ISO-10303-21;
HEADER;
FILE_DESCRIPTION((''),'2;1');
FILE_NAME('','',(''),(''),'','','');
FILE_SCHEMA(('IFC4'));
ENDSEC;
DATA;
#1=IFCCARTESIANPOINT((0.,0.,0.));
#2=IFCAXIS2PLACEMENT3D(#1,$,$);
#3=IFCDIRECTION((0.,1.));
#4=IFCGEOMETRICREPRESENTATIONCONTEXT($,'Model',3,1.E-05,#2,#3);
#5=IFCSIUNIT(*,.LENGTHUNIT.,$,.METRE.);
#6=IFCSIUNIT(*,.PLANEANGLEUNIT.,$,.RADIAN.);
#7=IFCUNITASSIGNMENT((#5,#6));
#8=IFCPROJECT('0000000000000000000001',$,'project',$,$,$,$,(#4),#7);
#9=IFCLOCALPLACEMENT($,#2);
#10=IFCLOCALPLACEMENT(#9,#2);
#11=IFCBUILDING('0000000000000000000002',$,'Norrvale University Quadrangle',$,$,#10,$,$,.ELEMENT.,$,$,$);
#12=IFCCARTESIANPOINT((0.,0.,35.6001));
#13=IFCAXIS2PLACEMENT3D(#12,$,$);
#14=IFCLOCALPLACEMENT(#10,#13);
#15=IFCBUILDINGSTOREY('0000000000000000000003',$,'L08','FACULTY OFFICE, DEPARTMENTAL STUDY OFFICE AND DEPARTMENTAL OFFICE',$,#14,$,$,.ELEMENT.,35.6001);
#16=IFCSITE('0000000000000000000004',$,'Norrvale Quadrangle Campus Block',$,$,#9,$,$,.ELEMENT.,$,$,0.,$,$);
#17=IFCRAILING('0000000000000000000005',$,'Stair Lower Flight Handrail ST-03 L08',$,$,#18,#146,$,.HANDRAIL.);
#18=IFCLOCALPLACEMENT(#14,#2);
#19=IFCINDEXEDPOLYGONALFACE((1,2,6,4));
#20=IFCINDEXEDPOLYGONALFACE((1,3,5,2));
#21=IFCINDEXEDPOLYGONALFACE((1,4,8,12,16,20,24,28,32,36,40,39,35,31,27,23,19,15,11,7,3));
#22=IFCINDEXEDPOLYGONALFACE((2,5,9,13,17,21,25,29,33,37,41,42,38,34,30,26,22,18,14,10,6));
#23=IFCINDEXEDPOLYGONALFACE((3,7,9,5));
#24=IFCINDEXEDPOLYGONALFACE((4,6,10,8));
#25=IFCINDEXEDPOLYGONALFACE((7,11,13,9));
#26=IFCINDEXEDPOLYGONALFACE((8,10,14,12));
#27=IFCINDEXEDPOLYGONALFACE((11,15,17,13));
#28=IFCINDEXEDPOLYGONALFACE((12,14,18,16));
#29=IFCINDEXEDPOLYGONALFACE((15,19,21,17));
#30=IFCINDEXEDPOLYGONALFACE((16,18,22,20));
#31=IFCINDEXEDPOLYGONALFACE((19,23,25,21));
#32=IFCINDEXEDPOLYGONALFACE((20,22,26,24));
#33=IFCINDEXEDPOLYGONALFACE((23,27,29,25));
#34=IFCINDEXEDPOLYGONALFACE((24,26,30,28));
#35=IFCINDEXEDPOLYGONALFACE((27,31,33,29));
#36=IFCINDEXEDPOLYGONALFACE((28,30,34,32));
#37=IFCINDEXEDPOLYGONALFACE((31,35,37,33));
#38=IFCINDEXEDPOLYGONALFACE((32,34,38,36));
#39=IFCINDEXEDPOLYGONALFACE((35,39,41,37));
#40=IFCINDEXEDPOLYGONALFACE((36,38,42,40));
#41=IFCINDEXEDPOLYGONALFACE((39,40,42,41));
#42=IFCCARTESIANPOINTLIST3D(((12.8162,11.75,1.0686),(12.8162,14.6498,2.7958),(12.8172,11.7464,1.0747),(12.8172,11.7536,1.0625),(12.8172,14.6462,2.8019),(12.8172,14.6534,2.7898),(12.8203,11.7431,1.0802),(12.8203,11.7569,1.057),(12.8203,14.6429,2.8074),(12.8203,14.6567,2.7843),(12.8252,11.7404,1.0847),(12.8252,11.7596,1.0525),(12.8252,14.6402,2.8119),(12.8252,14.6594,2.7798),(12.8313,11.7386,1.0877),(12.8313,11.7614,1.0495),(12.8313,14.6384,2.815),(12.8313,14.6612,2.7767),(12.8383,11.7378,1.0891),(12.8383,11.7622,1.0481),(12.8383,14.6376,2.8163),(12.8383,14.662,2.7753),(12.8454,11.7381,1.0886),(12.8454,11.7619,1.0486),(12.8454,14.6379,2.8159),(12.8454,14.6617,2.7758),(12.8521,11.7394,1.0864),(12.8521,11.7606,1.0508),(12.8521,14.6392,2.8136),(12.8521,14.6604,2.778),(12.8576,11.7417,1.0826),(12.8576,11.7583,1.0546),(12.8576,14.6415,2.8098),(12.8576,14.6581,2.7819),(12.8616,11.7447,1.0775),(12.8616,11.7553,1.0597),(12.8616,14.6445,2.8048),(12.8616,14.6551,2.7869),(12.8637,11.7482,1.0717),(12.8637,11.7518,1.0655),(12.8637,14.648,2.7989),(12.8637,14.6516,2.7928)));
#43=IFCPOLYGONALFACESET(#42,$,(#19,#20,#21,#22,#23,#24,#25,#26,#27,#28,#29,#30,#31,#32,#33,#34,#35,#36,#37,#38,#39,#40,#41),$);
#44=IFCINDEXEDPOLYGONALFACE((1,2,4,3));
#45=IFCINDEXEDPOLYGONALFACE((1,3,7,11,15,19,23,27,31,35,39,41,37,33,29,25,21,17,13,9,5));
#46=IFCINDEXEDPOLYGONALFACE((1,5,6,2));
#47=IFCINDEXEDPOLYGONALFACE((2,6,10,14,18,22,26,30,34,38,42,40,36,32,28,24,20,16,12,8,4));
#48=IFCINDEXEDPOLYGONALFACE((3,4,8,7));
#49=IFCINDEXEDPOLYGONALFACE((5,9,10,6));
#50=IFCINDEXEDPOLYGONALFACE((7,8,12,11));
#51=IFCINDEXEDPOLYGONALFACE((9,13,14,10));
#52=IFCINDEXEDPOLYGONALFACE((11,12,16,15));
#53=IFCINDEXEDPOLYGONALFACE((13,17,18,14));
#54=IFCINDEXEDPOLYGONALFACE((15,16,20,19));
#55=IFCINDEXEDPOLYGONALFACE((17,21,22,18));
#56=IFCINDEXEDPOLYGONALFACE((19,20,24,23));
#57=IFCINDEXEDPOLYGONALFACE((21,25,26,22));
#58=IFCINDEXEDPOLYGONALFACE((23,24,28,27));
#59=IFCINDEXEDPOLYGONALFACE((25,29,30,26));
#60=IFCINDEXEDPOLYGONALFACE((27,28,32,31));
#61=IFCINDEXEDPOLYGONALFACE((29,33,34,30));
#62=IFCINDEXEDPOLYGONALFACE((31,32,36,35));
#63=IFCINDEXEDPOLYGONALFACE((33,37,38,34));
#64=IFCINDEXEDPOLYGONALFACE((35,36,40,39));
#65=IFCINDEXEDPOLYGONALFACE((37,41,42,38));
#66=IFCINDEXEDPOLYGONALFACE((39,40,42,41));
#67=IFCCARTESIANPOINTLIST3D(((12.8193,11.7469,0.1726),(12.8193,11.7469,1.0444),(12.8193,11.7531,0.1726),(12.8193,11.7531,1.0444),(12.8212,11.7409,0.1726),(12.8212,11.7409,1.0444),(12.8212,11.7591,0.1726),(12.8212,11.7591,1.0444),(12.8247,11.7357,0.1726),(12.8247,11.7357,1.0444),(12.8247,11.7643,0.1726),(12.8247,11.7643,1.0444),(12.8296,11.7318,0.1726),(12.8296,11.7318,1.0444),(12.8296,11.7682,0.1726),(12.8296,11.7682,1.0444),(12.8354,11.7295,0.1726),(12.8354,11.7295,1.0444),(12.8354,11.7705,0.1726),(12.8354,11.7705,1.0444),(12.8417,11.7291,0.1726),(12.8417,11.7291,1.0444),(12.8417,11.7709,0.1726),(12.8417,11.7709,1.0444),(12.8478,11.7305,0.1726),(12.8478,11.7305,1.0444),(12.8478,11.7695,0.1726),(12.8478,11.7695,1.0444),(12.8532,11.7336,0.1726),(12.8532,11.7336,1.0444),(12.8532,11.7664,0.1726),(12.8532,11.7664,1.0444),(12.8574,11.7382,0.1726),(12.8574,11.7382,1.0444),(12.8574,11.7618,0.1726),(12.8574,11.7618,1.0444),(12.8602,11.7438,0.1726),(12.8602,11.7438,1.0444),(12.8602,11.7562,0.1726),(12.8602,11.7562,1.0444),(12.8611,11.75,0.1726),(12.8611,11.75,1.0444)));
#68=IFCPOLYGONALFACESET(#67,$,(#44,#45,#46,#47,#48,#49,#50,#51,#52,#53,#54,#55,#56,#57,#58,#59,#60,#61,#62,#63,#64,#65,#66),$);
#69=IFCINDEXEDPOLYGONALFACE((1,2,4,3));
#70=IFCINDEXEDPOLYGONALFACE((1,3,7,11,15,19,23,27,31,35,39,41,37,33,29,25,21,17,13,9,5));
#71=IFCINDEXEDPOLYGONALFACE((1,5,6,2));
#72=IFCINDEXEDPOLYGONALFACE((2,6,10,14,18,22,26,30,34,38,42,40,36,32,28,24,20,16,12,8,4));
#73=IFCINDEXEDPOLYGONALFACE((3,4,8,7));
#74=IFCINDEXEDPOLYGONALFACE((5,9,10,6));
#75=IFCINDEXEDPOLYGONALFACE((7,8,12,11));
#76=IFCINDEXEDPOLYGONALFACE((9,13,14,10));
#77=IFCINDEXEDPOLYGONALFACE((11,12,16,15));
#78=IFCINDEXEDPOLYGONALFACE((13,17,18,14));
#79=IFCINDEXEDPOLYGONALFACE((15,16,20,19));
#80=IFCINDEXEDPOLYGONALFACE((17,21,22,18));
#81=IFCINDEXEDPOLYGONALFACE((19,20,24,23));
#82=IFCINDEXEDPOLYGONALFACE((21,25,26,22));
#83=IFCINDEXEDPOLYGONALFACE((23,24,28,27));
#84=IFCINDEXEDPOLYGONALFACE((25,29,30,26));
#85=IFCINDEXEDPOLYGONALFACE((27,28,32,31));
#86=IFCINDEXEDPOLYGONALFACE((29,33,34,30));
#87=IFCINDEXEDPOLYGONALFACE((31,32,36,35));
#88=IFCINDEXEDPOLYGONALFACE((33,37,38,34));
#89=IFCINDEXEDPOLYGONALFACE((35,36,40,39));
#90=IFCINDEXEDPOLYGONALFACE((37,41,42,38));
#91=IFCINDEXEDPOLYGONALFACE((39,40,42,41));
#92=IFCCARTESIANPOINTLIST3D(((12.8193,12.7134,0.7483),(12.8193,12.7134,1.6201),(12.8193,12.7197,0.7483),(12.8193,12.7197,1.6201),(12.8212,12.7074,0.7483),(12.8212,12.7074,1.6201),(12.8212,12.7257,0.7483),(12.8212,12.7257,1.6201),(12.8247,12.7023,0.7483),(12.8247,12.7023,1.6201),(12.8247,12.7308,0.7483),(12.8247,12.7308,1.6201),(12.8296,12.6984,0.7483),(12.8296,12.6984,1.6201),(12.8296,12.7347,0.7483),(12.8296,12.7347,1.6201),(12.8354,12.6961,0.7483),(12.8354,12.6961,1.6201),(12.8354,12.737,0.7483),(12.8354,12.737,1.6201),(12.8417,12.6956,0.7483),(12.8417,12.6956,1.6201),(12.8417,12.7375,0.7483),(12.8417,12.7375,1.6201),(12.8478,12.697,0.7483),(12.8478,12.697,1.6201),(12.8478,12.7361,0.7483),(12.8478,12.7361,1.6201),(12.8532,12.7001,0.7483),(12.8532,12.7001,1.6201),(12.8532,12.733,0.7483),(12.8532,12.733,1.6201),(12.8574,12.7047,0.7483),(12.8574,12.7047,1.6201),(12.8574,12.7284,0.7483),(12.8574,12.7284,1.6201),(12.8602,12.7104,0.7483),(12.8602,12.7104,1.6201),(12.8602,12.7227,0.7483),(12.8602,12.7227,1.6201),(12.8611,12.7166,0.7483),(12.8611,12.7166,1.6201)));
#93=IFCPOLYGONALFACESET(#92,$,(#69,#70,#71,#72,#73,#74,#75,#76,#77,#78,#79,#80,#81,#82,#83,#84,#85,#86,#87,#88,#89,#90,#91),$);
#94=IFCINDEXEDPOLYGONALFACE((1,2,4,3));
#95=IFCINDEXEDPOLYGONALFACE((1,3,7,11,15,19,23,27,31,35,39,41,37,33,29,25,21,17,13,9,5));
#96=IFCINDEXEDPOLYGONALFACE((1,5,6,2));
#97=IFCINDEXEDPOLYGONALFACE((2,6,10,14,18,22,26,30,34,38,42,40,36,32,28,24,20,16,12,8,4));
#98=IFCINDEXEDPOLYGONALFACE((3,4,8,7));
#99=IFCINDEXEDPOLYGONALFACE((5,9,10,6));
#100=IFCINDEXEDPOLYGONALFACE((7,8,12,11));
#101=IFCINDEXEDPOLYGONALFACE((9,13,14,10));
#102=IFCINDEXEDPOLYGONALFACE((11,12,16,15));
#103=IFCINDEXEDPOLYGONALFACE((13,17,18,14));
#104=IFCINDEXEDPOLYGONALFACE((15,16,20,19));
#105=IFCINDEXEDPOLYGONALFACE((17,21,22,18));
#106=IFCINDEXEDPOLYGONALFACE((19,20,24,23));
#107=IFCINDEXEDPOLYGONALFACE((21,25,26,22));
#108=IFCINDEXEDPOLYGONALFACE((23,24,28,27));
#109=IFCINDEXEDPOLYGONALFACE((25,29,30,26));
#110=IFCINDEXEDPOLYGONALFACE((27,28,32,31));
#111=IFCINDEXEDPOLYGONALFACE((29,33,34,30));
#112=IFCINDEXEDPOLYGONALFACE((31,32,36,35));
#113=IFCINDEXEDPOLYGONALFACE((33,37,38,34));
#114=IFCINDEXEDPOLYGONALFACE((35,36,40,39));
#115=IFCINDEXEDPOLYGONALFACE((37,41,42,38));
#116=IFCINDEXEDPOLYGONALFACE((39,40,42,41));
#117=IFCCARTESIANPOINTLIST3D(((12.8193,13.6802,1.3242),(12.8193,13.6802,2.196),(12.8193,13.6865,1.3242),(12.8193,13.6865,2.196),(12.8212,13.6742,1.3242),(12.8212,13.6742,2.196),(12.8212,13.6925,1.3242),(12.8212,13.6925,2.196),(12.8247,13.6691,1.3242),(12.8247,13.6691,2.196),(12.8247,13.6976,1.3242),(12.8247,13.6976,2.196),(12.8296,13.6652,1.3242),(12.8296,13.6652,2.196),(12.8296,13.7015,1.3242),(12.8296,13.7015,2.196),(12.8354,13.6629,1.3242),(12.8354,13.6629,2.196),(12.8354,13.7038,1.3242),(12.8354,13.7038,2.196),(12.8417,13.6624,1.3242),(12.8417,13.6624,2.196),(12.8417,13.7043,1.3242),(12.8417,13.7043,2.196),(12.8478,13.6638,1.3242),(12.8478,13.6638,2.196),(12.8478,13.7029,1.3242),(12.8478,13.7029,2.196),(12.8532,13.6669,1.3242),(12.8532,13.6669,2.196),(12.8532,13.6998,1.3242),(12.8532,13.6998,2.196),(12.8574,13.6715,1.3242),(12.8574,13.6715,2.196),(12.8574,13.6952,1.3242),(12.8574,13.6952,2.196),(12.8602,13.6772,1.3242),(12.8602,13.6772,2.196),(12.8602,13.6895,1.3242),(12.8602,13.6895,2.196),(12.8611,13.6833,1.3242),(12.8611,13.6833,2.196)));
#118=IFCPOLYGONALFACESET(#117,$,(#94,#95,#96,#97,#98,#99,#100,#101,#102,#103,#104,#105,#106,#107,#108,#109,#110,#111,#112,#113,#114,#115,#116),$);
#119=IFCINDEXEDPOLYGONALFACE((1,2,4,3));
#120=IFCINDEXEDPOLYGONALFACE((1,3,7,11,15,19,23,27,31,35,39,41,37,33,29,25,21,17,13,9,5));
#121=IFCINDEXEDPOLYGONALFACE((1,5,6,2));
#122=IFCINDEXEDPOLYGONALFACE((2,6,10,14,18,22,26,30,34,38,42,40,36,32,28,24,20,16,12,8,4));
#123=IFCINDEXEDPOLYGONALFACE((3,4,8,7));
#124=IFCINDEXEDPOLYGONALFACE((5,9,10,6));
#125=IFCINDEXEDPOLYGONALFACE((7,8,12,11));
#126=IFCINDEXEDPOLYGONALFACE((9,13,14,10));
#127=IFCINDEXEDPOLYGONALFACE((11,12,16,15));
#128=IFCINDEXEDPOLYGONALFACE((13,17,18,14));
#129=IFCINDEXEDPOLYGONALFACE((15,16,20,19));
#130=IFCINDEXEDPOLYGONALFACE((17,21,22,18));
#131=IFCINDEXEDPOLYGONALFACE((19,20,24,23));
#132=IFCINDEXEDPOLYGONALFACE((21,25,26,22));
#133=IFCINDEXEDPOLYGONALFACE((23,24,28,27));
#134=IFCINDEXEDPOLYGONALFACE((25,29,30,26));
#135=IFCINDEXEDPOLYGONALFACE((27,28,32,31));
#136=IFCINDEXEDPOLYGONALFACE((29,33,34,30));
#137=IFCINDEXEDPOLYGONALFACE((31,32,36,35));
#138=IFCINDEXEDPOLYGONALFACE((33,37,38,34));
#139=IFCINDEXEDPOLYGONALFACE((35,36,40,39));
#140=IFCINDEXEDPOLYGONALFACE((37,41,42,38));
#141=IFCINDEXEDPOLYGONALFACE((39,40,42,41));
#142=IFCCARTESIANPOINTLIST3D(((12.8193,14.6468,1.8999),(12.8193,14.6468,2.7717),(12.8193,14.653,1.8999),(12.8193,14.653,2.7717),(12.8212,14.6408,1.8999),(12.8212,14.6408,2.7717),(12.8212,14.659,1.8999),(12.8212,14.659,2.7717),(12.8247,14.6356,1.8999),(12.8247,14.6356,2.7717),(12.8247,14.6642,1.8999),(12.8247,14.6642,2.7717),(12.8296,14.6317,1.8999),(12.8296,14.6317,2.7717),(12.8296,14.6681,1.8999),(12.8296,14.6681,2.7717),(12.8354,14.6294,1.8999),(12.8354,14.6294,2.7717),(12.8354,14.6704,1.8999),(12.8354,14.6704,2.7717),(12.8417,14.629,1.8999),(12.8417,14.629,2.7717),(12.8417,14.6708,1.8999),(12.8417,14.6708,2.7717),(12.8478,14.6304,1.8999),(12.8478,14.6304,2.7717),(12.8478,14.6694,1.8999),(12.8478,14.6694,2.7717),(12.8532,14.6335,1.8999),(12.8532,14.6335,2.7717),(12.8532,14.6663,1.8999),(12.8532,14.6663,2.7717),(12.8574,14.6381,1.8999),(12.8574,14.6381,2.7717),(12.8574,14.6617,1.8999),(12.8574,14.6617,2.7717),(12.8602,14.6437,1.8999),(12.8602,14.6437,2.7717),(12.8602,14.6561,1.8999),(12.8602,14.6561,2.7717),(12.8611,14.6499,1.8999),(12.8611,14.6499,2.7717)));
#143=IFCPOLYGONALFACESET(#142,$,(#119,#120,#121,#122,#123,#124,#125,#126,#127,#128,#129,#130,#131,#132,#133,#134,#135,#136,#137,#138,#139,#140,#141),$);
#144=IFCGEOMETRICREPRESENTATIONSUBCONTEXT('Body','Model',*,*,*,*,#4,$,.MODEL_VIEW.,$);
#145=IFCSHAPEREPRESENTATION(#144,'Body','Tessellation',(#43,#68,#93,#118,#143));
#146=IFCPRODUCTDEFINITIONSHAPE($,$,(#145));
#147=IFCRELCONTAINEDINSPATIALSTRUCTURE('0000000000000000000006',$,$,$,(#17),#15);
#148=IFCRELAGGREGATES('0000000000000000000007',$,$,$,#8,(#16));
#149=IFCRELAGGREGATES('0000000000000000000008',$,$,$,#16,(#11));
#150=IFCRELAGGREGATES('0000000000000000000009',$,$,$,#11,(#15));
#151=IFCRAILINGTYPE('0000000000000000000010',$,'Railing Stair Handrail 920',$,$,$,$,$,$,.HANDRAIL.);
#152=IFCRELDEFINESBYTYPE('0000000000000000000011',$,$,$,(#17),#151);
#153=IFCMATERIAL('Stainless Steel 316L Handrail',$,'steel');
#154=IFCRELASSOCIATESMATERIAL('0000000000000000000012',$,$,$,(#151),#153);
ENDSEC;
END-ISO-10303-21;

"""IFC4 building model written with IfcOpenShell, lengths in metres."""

from ifc_helpers import new_model, si_unit, direction, frame, origin, origin_2d, place, context, subcontext, project, spatial, circle, extrude, material, type_object, element, save


model = new_model("IFC4")

# Units and contexts
model_context = context("Model", 3, precision=1e-05, world=origin(), true_north=direction((0.0, 1.0)))
body_context = subcontext(model_context, "Body", "Model", "MODEL_VIEW")
ifc_project = project(units=[si_unit("LENGTHUNIT", "METRE"), si_unit("PLANEANGLEUNIT", "RADIAN")], contexts=[model_context])

# Site, building, storey
site_placement = place(None, origin())
site = spatial("IfcSite", under=ifc_project, at=site_placement, Name="Norrvale Quadrangle Campus Block", CompositionType="ELEMENT", RefElevation=0.0)
building_placement = place(site_placement, origin())
building = spatial("IfcBuilding", under=site, at=building_placement, Name="Norrvale University Quadrangle", CompositionType="ELEMENT")
storey_placement = place(building_placement, frame((0.0, 0.0, 35.6001)))
storey = spatial("IfcBuildingStorey", under=building, at=storey_placement, Name="L08", Description="FACULTY OFFICE, DEPARTMENTAL STUDY OFFICE AND DEPARTMENTAL OFFICE", CompositionType="ELEMENT", Elevation=35.6001)

# Railing
ifc_material_1 = material(Name="Stainless Steel 316L Handrail", Category="steel")
railing_type_1 = type_object("IfcRailingType", Name="Railing Stair Handrail 920", PredefinedType="HANDRAIL", material=ifc_material_1)
railing_1_placement = place(storey_placement, frame((12.8401, 11.75, 0.1726)))
element("IfcRailing", 1, at=railing_1_placement, inside=storey, type_object=railing_type_1, Name="Stair Lower Flight Handrail ST-03 L08", PredefinedType="HANDRAIL", context=body_context, shape_type="SweptSolid", body=[
    extrude(circle(Radius=0.0239, at=origin_2d()), frame((0.0, 0.0, 0.896), z_axis=(0.0, 0.859141, 0.511738), x_axis=(-1.0, 0.0, 0.0)), (0.0, 0.0, 1.0), 3.3752),
    extrude(circle(Radius=0.021, at=origin_2d()), origin(), (0.0, 0.0, 1.0), 0.8718),
    extrude(circle(Radius=0.021, at=origin_2d()), frame((0.0, 0.9666, 0.5757)), (0.0, 0.0, 1.0), 0.8718),
    extrude(circle(Radius=0.021, at=origin_2d()), frame((0.0, 1.9333, 1.1516)), (0.0, 0.0, 1.0), 0.8718),
    extrude(circle(Radius=0.021, at=origin_2d()), frame((0.0, 2.8999, 1.7273)), (0.0, 0.0, 1.0), 0.8718),
])

save(model, "model.ifc")
